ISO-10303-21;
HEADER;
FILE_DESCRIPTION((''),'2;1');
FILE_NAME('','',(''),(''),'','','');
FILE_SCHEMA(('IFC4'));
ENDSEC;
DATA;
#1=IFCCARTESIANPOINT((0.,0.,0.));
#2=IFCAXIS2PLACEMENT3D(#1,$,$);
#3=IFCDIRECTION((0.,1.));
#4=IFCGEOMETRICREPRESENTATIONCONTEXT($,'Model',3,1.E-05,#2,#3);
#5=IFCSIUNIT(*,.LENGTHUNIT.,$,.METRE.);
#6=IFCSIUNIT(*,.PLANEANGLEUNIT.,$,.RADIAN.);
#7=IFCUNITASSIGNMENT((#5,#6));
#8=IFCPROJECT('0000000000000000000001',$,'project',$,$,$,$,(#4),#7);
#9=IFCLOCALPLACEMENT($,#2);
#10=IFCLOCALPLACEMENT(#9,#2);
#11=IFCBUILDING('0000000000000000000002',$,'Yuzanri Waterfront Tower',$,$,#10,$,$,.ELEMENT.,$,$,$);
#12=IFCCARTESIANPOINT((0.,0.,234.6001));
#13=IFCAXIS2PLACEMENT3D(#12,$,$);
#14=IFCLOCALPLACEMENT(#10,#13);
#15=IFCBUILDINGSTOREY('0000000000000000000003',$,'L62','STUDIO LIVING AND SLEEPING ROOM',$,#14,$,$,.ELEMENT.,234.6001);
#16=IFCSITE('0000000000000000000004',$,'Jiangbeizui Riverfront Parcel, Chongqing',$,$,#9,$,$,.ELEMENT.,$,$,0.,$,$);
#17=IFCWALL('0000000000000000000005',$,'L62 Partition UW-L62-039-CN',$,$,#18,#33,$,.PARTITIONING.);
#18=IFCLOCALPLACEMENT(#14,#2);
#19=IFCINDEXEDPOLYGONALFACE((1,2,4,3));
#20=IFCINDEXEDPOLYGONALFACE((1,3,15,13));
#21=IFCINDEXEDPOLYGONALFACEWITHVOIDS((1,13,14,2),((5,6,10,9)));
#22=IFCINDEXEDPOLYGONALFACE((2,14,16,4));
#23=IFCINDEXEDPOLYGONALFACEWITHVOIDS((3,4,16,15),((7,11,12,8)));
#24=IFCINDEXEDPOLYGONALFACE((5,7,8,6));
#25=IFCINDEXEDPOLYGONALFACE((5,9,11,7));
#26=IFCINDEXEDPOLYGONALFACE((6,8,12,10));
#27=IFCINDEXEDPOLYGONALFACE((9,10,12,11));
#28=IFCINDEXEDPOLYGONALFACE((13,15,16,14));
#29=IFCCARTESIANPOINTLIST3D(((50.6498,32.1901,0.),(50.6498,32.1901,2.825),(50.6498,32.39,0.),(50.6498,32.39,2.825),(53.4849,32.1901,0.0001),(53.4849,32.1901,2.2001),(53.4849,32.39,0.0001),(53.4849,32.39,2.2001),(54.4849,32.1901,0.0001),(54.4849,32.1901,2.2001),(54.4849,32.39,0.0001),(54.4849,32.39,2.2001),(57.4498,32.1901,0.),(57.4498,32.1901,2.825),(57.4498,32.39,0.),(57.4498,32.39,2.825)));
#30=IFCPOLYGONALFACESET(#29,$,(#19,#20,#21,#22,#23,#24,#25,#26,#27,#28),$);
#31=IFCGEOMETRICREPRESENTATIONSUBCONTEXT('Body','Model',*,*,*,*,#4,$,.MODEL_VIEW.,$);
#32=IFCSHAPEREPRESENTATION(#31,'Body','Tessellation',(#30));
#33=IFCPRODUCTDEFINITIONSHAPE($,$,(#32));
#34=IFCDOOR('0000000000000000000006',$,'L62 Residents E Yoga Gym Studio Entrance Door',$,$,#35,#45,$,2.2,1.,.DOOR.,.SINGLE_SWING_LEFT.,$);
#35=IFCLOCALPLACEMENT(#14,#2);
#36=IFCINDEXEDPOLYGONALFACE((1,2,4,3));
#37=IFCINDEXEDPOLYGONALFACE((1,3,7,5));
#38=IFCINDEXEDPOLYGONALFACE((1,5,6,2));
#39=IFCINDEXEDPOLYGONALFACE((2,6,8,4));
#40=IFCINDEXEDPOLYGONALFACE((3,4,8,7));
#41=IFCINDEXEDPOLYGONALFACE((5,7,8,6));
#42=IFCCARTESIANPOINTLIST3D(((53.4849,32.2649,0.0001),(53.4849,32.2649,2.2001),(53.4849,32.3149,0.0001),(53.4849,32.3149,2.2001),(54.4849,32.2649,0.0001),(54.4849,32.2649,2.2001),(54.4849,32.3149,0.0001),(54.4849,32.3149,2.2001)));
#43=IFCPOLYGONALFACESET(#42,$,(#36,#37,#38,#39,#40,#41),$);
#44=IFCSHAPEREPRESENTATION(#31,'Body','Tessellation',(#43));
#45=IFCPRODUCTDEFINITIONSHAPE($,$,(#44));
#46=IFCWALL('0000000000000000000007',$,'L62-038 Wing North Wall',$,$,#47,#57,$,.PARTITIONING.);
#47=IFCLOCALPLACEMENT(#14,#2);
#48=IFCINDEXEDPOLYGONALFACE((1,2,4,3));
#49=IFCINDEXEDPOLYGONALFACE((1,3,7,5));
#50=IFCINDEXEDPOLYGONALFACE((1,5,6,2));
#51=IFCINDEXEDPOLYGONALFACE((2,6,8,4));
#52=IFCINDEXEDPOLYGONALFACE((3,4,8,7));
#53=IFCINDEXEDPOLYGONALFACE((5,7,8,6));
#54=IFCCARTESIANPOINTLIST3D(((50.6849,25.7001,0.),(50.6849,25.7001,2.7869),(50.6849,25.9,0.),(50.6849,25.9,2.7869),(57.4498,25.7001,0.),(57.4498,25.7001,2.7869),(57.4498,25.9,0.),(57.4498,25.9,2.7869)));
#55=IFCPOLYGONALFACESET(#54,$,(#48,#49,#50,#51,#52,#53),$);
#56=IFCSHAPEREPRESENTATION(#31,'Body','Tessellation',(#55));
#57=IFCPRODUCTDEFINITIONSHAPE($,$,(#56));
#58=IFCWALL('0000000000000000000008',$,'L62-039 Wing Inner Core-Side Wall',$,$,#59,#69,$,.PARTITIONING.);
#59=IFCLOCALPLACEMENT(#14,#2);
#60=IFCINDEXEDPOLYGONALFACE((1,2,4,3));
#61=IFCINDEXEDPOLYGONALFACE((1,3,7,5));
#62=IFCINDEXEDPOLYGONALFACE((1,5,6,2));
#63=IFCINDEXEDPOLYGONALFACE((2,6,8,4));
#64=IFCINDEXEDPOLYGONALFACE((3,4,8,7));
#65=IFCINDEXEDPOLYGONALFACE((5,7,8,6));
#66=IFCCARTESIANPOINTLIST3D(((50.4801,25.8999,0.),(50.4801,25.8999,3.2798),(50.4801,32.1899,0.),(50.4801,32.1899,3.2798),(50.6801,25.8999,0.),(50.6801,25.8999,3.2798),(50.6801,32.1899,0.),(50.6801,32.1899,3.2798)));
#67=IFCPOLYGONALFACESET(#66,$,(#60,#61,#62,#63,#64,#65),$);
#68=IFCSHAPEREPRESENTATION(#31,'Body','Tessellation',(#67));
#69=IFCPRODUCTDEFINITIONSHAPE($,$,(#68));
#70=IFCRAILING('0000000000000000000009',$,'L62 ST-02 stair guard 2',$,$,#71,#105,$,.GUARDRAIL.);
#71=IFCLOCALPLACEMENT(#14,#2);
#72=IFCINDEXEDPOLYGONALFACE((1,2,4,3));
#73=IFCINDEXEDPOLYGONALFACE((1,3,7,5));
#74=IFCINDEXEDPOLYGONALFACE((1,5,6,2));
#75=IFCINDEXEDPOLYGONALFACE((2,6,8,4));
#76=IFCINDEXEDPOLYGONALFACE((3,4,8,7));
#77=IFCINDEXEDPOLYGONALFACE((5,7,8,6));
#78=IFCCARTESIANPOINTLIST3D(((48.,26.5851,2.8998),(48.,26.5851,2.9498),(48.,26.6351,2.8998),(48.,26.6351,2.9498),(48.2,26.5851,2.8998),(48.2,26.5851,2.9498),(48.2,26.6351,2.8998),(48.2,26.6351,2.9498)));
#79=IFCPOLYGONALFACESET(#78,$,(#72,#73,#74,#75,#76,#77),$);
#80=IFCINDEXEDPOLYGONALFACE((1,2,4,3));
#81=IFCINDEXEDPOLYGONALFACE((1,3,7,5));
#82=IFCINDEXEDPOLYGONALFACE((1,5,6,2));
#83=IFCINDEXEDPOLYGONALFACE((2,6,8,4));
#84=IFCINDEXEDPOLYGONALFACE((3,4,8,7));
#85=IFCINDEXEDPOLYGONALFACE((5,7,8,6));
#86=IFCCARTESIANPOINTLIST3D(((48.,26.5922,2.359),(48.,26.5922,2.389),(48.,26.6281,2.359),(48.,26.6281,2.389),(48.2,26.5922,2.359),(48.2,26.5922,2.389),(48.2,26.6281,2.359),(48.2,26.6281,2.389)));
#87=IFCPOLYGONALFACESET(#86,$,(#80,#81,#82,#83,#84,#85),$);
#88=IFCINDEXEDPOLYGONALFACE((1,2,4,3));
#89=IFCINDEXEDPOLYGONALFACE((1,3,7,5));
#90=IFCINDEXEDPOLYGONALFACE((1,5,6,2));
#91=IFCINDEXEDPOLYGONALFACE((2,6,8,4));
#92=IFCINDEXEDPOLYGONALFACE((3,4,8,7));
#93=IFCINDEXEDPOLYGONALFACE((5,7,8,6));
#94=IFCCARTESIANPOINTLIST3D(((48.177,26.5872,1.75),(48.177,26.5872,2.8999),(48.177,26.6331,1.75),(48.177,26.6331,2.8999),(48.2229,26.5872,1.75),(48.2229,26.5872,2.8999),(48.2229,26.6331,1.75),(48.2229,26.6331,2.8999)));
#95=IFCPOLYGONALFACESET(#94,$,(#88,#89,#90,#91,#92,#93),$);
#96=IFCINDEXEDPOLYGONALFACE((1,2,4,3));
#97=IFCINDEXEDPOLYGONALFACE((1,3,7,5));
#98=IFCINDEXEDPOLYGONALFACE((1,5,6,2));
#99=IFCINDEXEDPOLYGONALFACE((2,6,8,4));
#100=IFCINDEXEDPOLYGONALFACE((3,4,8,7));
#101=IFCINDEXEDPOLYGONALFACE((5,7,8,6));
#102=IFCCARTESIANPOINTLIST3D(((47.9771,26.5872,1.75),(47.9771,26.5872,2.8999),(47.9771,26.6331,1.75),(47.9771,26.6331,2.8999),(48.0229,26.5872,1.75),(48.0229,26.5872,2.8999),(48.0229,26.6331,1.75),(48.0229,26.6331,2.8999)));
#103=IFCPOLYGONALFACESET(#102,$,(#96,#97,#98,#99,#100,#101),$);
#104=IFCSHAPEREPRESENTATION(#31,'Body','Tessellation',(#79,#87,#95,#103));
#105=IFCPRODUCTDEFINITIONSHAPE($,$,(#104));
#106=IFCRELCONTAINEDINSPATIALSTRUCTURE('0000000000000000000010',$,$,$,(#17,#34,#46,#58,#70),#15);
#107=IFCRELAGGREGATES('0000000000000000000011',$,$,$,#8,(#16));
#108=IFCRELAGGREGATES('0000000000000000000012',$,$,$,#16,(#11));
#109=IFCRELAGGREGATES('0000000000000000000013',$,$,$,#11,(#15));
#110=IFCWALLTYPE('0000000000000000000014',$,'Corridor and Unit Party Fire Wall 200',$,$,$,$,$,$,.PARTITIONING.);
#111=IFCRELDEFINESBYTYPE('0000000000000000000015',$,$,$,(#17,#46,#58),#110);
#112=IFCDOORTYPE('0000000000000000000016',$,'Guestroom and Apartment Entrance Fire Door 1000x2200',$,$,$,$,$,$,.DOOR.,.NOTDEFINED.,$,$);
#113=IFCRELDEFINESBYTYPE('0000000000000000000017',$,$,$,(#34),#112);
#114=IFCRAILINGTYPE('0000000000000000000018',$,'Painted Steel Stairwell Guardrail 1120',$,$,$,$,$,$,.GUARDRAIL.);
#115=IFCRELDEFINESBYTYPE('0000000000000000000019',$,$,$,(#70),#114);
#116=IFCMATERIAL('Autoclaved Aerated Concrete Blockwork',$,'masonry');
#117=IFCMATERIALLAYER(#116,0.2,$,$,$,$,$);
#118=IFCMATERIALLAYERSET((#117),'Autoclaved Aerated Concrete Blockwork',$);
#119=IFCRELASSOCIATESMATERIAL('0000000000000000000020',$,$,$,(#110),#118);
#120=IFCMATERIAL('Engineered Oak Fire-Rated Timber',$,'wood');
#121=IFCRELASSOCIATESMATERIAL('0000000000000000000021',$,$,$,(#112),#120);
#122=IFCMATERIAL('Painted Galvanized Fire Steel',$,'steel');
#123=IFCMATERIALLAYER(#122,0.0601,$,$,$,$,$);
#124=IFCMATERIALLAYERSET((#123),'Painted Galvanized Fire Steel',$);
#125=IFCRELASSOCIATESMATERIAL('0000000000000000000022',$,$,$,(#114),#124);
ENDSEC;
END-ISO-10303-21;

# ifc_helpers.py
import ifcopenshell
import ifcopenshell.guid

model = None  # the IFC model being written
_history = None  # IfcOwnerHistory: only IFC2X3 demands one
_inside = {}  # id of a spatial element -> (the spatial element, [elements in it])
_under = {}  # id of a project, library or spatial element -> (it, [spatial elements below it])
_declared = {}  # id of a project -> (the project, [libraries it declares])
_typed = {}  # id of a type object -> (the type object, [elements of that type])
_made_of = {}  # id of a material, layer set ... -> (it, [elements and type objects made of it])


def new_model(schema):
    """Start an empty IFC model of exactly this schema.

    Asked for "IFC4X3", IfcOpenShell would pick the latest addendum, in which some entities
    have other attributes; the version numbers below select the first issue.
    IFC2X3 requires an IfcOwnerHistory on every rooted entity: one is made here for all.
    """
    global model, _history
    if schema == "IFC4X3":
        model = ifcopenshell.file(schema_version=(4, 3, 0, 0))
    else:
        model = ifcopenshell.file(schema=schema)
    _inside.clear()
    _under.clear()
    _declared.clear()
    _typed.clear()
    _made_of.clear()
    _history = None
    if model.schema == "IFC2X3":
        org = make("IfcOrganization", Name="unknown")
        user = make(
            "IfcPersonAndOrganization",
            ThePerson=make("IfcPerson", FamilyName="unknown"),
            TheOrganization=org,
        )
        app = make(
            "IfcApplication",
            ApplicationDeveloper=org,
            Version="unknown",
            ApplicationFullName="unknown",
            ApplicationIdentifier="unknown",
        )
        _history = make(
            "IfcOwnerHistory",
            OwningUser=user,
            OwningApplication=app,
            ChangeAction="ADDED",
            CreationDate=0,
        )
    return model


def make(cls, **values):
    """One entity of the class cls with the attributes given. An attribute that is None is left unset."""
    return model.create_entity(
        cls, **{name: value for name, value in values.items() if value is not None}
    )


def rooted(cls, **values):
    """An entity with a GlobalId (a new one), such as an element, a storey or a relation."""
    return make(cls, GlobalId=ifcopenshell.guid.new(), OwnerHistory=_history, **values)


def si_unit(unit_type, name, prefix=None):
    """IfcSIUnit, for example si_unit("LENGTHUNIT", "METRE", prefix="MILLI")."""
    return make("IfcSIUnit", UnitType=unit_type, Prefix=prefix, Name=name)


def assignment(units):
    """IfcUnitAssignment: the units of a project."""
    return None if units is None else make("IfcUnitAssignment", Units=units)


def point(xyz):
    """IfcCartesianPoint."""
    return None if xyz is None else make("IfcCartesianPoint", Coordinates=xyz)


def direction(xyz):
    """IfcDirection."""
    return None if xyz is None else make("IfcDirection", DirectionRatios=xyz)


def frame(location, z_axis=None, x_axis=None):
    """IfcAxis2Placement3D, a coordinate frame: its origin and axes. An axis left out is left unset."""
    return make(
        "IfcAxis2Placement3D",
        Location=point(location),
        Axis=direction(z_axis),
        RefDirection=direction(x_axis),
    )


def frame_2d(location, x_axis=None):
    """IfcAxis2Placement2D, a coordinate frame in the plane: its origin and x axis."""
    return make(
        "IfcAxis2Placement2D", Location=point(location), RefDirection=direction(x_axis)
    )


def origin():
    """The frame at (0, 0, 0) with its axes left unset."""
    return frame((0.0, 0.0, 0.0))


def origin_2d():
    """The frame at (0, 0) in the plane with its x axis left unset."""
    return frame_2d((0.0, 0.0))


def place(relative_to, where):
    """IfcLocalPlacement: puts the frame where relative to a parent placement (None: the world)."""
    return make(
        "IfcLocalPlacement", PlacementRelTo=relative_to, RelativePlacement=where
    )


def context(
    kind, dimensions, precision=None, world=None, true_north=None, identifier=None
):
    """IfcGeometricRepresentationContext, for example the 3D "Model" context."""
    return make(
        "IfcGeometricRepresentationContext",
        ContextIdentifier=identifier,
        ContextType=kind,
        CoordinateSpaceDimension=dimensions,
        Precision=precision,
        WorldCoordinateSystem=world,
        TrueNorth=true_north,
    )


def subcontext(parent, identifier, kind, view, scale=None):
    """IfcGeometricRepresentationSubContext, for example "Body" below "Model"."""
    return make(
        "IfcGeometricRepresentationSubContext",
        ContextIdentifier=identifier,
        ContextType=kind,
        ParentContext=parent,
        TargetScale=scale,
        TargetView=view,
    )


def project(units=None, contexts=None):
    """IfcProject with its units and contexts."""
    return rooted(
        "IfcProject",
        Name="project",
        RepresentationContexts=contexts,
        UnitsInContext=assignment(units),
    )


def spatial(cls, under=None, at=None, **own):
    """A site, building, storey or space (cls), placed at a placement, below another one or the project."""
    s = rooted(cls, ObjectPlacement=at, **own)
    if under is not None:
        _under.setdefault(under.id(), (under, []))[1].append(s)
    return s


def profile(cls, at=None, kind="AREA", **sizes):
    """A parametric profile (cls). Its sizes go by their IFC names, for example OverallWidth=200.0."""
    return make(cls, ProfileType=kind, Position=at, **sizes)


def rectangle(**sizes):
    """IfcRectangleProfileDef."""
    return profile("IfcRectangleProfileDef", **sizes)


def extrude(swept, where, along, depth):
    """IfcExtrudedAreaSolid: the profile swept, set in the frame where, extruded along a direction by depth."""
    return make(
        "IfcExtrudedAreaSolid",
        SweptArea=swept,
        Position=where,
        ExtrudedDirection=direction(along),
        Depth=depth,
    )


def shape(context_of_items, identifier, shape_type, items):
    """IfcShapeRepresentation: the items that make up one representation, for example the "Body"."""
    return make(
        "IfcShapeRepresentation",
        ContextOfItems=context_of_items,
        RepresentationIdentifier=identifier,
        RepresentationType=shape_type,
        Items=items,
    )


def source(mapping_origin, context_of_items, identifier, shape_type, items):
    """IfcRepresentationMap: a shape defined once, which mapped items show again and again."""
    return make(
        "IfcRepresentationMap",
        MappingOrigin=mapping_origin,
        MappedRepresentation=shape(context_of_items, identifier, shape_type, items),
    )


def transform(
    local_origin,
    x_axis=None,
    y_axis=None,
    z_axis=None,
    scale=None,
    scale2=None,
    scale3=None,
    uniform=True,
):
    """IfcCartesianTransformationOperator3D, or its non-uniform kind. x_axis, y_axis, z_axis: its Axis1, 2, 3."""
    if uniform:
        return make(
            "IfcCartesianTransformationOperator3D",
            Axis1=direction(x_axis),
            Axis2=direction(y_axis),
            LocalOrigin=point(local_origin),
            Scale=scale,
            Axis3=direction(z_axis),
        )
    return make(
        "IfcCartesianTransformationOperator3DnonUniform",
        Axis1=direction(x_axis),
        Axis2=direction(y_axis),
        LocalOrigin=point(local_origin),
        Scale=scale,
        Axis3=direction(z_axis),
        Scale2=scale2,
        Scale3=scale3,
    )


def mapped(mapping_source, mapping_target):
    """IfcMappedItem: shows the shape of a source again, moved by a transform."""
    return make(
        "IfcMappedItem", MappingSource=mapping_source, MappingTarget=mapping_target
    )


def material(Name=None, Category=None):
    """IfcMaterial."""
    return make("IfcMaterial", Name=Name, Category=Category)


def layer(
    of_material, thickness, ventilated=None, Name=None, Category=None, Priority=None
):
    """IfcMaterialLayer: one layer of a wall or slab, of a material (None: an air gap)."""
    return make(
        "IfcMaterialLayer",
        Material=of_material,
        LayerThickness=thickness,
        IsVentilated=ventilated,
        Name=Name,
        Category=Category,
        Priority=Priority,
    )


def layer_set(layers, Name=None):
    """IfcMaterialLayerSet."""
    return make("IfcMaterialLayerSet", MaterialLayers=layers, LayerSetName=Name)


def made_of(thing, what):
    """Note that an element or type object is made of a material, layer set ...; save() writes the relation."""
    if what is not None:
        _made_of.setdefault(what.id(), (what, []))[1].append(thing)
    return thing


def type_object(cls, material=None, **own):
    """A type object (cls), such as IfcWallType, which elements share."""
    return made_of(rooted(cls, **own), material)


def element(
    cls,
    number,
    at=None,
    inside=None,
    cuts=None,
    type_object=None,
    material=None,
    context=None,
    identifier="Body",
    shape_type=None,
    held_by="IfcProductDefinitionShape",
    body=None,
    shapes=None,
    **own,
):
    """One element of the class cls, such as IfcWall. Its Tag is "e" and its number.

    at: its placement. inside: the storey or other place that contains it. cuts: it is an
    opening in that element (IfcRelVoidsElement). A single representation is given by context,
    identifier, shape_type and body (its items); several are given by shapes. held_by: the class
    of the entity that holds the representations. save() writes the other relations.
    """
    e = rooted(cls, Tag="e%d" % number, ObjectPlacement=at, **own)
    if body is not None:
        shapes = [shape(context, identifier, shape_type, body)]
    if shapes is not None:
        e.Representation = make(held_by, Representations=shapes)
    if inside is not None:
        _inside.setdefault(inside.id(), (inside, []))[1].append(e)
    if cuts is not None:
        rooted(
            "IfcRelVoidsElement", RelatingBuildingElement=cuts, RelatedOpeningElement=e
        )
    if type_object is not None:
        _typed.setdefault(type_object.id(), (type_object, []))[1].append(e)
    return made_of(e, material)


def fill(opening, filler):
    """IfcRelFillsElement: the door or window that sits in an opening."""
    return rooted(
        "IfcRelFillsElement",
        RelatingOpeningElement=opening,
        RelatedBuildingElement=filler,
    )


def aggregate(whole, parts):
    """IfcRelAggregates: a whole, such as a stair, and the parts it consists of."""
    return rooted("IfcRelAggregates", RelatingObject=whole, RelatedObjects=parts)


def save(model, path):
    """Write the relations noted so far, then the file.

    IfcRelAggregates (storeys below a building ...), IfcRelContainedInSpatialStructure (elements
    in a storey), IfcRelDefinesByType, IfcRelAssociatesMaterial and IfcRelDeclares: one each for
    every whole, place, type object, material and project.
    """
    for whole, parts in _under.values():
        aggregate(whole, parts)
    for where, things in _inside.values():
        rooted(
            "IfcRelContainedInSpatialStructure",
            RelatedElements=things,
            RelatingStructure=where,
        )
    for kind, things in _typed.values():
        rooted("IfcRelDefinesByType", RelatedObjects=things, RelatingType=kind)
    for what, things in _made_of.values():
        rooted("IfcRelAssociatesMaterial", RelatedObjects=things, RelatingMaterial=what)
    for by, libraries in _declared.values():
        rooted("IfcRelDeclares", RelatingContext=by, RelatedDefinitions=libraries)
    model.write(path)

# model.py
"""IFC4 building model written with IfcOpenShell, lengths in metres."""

from ifc_helpers import new_model, si_unit, direction, frame, frame_2d, origin, origin_2d, place, context, subcontext, project, spatial, rectangle, extrude, source, transform, mapped, material, layer, layer_set, type_object, element, fill, save


model = new_model("IFC4")

# Units and contexts
model_context = context("Model", 3, precision=1e-05, world=origin(), true_north=direction((0.0, 1.0)))
body_context = subcontext(model_context, "Body", "Model", "MODEL_VIEW")
ifc_project = project(units=[si_unit("LENGTHUNIT", "METRE"), si_unit("PLANEANGLEUNIT", "RADIAN")], contexts=[model_context])

# Site, building, storey
site_placement = place(None, origin())
site = spatial("IfcSite", under=ifc_project, at=site_placement, Name="Jiangbeizui Riverfront Parcel, Chongqing", CompositionType="ELEMENT", RefElevation=0.0)
building_placement = place(site_placement, origin())
building = spatial("IfcBuilding", under=site, at=building_placement, Name="Yuzanri Waterfront Tower", CompositionType="ELEMENT")
storey_placement = place(building_placement, frame((0.0, 0.0, 234.6001)))
storey = spatial("IfcBuildingStorey", under=building, at=storey_placement, Name="L62", Description="STUDIO LIVING AND SLEEPING ROOM", CompositionType="ELEMENT", Elevation=234.6001)

# Wall, opening, door
ifc_material_1 = material(Name="Autoclaved Aerated Concrete Blockwork", Category="masonry")
ifc_layer_1 = layer(ifc_material_1, 0.2)
ifc_layer_set_1 = layer_set([ifc_layer_1], Name="Autoclaved Aerated Concrete Blockwork")
wall_type_1 = type_object("IfcWallType", Name="Corridor and Unit Party Fire Wall 200", PredefinedType="PARTITIONING", material=ifc_layer_set_1)
wall_1_placement = place(storey_placement, frame((50.6499, 32.29, 0.0), z_axis=(0.0, 0.0, 1.0), x_axis=(1.0, 0.0, 0.0)))
wall_1 = element("IfcWall", 1, at=wall_1_placement, inside=storey, type_object=wall_type_1, Name="L62 Partition UW-L62-039-CN", PredefinedType="PARTITIONING", context=body_context, shape_type="SweptSolid", body=[
    extrude(rectangle(XDim=6.8, YDim=0.2, at=frame_2d((3.3999, 0.0))), origin(), (0.0, 0.0, 1.0), 2.825),
])
opening_1_placement = place(wall_1_placement, frame((2.835, 0.0, 0.0)))
opening_1 = element("IfcOpeningElement", 2, at=opening_1_placement, cuts=wall_1, PredefinedType="OPENING", context=body_context, shape_type="SweptSolid", body=[
    extrude(rectangle(XDim=1.0, YDim=2.2, at=frame_2d((0.5, 1.1001))), frame((0.0, 0.1147, 0.0), z_axis=(0.0, -1.0, 0.0), x_axis=(1.0, 0.0, 0.0)), (0.0, 0.0, 1.0), 0.2297),
])
ifc_material_2 = material(Name="Engineered Oak Fire-Rated Timber", Category="wood")
door_type_1 = type_object("IfcDoorType", Name="Guestroom and Apartment Entrance Fire Door 1000x2200", OperationType="NOTDEFINED", PredefinedType="DOOR", material=ifc_material_2)
shared_shape_1 = source(origin(), body_context, "Body", "SweptSolid", [
    extrude(rectangle(XDim=1.0, YDim=2.2, at=frame_2d((0.5, 1.1001))), frame((0.0, 0.0249, 0.0), z_axis=(0.0, -1.0, 0.0), x_axis=(1.0, 0.0, 0.0)), (0.0, 0.0, 1.0), 0.05),
])
door_1_placement = place(opening_1_placement, origin())
door_1 = element("IfcDoor", 3, at=door_1_placement, inside=storey, type_object=door_type_1, Name="L62 Residents E Yoga Gym Studio Entrance Door", OperationType="SINGLE_SWING_LEFT", OverallHeight=2.2, OverallWidth=1.0, PredefinedType="DOOR", context=body_context, shape_type="MappedRepresentation", body=[
    mapped(shared_shape_1, transform((0.0, 0.0, 0.0), scale=1.0)),
])
fill(opening_1, door_1)

# Walls
shared_shape_2 = source(origin(), body_context, "Body", "SweptSolid", [
    extrude(rectangle(XDim=6.7649, YDim=0.2, at=frame_2d((3.3823, 0.0))), origin(), (0.0, 0.0, 1.0), 2.7869),
])
wall_2_placement = place(storey_placement, frame((50.6851, 25.8, 0.0), z_axis=(0.0, 0.0, 1.0), x_axis=(1.0, 0.0, 0.0)))
element("IfcWall", 4, at=wall_2_placement, inside=storey, type_object=wall_type_1, Name="L62-038 Wing North Wall", PredefinedType="PARTITIONING", context=body_context, shape_type="MappedRepresentation", body=[
    mapped(shared_shape_2, transform((0.0, 0.0, 0.0), scale=1.0)),
])
shared_shape_3 = source(origin(), body_context, "Body", "SweptSolid", [
    extrude(rectangle(XDim=6.29, YDim=0.2, at=frame_2d((3.145, 0.0))), origin(), (0.0, 0.0, 1.0), 3.2798),
])
wall_3_placement = place(storey_placement, frame((50.5801, 25.8999, 0.0), z_axis=(0.0, 0.0, 1.0), x_axis=(0.0, 1.0, 0.0)))
element("IfcWall", 5, at=wall_3_placement, inside=storey, type_object=wall_type_1, Name="L62-039 Wing Inner Core-Side Wall", PredefinedType="PARTITIONING", context=body_context, shape_type="MappedRepresentation", body=[
    mapped(shared_shape_3, transform((0.0, 0.0, 0.0), scale=1.0)),
])

# Railing
ifc_material_3 = material(Name="Painted Galvanized Fire Steel", Category="steel")
ifc_layer_2 = layer(ifc_material_3, 0.0601)
ifc_layer_set_2 = layer_set([ifc_layer_2], Name="Painted Galvanized Fire Steel")
railing_type = type_object("IfcRailingType", Name="Painted Steel Stairwell Guardrail 1120", PredefinedType="GUARDRAIL", material=ifc_layer_set_2)
shared_shape_4 = source(origin(), body_context, "Body", "SweptSolid", [
    extrude(rectangle(XDim=0.05, YDim=0.05, at=origin_2d()), frame((0.0, 0.0, 1.1748), z_axis=(-1.0, 0.0, 0.0), x_axis=(0.0, -1.0, 0.0)), (0.0, 0.0, 1.0), 0.2),
    extrude(rectangle(XDim=0.0359, YDim=0.03, at=origin_2d()), frame((0.0, 0.0, 0.624), z_axis=(-1.0, 0.0, 0.0), x_axis=(0.0, -1.0, 0.0)), (0.0, 0.0, 1.0), 0.2),
    extrude(rectangle(XDim=0.0459, YDim=0.0459, at=origin_2d()), origin(), (0.0, 0.0, 1.0), 1.1499),
    extrude(rectangle(XDim=0.0459, YDim=0.0459, at=origin_2d()), frame((-0.2, 0.0, 0.0)), (0.0, 0.0, 1.0), 1.1499),
])
railing_placement = place(storey_placement, frame((48.2, 26.6101, 1.75)))
element("IfcRailing", 6, at=railing_placement, inside=storey, type_object=railing_type, Name="L62 ST-02 stair guard 2", PredefinedType="GUARDRAIL", context=body_context, shape_type="MappedRepresentation", body=[
    mapped(shared_shape_4, transform((0.0, 0.0, 0.0), scale=1.0)),
])

save(model, "model.ifc")
